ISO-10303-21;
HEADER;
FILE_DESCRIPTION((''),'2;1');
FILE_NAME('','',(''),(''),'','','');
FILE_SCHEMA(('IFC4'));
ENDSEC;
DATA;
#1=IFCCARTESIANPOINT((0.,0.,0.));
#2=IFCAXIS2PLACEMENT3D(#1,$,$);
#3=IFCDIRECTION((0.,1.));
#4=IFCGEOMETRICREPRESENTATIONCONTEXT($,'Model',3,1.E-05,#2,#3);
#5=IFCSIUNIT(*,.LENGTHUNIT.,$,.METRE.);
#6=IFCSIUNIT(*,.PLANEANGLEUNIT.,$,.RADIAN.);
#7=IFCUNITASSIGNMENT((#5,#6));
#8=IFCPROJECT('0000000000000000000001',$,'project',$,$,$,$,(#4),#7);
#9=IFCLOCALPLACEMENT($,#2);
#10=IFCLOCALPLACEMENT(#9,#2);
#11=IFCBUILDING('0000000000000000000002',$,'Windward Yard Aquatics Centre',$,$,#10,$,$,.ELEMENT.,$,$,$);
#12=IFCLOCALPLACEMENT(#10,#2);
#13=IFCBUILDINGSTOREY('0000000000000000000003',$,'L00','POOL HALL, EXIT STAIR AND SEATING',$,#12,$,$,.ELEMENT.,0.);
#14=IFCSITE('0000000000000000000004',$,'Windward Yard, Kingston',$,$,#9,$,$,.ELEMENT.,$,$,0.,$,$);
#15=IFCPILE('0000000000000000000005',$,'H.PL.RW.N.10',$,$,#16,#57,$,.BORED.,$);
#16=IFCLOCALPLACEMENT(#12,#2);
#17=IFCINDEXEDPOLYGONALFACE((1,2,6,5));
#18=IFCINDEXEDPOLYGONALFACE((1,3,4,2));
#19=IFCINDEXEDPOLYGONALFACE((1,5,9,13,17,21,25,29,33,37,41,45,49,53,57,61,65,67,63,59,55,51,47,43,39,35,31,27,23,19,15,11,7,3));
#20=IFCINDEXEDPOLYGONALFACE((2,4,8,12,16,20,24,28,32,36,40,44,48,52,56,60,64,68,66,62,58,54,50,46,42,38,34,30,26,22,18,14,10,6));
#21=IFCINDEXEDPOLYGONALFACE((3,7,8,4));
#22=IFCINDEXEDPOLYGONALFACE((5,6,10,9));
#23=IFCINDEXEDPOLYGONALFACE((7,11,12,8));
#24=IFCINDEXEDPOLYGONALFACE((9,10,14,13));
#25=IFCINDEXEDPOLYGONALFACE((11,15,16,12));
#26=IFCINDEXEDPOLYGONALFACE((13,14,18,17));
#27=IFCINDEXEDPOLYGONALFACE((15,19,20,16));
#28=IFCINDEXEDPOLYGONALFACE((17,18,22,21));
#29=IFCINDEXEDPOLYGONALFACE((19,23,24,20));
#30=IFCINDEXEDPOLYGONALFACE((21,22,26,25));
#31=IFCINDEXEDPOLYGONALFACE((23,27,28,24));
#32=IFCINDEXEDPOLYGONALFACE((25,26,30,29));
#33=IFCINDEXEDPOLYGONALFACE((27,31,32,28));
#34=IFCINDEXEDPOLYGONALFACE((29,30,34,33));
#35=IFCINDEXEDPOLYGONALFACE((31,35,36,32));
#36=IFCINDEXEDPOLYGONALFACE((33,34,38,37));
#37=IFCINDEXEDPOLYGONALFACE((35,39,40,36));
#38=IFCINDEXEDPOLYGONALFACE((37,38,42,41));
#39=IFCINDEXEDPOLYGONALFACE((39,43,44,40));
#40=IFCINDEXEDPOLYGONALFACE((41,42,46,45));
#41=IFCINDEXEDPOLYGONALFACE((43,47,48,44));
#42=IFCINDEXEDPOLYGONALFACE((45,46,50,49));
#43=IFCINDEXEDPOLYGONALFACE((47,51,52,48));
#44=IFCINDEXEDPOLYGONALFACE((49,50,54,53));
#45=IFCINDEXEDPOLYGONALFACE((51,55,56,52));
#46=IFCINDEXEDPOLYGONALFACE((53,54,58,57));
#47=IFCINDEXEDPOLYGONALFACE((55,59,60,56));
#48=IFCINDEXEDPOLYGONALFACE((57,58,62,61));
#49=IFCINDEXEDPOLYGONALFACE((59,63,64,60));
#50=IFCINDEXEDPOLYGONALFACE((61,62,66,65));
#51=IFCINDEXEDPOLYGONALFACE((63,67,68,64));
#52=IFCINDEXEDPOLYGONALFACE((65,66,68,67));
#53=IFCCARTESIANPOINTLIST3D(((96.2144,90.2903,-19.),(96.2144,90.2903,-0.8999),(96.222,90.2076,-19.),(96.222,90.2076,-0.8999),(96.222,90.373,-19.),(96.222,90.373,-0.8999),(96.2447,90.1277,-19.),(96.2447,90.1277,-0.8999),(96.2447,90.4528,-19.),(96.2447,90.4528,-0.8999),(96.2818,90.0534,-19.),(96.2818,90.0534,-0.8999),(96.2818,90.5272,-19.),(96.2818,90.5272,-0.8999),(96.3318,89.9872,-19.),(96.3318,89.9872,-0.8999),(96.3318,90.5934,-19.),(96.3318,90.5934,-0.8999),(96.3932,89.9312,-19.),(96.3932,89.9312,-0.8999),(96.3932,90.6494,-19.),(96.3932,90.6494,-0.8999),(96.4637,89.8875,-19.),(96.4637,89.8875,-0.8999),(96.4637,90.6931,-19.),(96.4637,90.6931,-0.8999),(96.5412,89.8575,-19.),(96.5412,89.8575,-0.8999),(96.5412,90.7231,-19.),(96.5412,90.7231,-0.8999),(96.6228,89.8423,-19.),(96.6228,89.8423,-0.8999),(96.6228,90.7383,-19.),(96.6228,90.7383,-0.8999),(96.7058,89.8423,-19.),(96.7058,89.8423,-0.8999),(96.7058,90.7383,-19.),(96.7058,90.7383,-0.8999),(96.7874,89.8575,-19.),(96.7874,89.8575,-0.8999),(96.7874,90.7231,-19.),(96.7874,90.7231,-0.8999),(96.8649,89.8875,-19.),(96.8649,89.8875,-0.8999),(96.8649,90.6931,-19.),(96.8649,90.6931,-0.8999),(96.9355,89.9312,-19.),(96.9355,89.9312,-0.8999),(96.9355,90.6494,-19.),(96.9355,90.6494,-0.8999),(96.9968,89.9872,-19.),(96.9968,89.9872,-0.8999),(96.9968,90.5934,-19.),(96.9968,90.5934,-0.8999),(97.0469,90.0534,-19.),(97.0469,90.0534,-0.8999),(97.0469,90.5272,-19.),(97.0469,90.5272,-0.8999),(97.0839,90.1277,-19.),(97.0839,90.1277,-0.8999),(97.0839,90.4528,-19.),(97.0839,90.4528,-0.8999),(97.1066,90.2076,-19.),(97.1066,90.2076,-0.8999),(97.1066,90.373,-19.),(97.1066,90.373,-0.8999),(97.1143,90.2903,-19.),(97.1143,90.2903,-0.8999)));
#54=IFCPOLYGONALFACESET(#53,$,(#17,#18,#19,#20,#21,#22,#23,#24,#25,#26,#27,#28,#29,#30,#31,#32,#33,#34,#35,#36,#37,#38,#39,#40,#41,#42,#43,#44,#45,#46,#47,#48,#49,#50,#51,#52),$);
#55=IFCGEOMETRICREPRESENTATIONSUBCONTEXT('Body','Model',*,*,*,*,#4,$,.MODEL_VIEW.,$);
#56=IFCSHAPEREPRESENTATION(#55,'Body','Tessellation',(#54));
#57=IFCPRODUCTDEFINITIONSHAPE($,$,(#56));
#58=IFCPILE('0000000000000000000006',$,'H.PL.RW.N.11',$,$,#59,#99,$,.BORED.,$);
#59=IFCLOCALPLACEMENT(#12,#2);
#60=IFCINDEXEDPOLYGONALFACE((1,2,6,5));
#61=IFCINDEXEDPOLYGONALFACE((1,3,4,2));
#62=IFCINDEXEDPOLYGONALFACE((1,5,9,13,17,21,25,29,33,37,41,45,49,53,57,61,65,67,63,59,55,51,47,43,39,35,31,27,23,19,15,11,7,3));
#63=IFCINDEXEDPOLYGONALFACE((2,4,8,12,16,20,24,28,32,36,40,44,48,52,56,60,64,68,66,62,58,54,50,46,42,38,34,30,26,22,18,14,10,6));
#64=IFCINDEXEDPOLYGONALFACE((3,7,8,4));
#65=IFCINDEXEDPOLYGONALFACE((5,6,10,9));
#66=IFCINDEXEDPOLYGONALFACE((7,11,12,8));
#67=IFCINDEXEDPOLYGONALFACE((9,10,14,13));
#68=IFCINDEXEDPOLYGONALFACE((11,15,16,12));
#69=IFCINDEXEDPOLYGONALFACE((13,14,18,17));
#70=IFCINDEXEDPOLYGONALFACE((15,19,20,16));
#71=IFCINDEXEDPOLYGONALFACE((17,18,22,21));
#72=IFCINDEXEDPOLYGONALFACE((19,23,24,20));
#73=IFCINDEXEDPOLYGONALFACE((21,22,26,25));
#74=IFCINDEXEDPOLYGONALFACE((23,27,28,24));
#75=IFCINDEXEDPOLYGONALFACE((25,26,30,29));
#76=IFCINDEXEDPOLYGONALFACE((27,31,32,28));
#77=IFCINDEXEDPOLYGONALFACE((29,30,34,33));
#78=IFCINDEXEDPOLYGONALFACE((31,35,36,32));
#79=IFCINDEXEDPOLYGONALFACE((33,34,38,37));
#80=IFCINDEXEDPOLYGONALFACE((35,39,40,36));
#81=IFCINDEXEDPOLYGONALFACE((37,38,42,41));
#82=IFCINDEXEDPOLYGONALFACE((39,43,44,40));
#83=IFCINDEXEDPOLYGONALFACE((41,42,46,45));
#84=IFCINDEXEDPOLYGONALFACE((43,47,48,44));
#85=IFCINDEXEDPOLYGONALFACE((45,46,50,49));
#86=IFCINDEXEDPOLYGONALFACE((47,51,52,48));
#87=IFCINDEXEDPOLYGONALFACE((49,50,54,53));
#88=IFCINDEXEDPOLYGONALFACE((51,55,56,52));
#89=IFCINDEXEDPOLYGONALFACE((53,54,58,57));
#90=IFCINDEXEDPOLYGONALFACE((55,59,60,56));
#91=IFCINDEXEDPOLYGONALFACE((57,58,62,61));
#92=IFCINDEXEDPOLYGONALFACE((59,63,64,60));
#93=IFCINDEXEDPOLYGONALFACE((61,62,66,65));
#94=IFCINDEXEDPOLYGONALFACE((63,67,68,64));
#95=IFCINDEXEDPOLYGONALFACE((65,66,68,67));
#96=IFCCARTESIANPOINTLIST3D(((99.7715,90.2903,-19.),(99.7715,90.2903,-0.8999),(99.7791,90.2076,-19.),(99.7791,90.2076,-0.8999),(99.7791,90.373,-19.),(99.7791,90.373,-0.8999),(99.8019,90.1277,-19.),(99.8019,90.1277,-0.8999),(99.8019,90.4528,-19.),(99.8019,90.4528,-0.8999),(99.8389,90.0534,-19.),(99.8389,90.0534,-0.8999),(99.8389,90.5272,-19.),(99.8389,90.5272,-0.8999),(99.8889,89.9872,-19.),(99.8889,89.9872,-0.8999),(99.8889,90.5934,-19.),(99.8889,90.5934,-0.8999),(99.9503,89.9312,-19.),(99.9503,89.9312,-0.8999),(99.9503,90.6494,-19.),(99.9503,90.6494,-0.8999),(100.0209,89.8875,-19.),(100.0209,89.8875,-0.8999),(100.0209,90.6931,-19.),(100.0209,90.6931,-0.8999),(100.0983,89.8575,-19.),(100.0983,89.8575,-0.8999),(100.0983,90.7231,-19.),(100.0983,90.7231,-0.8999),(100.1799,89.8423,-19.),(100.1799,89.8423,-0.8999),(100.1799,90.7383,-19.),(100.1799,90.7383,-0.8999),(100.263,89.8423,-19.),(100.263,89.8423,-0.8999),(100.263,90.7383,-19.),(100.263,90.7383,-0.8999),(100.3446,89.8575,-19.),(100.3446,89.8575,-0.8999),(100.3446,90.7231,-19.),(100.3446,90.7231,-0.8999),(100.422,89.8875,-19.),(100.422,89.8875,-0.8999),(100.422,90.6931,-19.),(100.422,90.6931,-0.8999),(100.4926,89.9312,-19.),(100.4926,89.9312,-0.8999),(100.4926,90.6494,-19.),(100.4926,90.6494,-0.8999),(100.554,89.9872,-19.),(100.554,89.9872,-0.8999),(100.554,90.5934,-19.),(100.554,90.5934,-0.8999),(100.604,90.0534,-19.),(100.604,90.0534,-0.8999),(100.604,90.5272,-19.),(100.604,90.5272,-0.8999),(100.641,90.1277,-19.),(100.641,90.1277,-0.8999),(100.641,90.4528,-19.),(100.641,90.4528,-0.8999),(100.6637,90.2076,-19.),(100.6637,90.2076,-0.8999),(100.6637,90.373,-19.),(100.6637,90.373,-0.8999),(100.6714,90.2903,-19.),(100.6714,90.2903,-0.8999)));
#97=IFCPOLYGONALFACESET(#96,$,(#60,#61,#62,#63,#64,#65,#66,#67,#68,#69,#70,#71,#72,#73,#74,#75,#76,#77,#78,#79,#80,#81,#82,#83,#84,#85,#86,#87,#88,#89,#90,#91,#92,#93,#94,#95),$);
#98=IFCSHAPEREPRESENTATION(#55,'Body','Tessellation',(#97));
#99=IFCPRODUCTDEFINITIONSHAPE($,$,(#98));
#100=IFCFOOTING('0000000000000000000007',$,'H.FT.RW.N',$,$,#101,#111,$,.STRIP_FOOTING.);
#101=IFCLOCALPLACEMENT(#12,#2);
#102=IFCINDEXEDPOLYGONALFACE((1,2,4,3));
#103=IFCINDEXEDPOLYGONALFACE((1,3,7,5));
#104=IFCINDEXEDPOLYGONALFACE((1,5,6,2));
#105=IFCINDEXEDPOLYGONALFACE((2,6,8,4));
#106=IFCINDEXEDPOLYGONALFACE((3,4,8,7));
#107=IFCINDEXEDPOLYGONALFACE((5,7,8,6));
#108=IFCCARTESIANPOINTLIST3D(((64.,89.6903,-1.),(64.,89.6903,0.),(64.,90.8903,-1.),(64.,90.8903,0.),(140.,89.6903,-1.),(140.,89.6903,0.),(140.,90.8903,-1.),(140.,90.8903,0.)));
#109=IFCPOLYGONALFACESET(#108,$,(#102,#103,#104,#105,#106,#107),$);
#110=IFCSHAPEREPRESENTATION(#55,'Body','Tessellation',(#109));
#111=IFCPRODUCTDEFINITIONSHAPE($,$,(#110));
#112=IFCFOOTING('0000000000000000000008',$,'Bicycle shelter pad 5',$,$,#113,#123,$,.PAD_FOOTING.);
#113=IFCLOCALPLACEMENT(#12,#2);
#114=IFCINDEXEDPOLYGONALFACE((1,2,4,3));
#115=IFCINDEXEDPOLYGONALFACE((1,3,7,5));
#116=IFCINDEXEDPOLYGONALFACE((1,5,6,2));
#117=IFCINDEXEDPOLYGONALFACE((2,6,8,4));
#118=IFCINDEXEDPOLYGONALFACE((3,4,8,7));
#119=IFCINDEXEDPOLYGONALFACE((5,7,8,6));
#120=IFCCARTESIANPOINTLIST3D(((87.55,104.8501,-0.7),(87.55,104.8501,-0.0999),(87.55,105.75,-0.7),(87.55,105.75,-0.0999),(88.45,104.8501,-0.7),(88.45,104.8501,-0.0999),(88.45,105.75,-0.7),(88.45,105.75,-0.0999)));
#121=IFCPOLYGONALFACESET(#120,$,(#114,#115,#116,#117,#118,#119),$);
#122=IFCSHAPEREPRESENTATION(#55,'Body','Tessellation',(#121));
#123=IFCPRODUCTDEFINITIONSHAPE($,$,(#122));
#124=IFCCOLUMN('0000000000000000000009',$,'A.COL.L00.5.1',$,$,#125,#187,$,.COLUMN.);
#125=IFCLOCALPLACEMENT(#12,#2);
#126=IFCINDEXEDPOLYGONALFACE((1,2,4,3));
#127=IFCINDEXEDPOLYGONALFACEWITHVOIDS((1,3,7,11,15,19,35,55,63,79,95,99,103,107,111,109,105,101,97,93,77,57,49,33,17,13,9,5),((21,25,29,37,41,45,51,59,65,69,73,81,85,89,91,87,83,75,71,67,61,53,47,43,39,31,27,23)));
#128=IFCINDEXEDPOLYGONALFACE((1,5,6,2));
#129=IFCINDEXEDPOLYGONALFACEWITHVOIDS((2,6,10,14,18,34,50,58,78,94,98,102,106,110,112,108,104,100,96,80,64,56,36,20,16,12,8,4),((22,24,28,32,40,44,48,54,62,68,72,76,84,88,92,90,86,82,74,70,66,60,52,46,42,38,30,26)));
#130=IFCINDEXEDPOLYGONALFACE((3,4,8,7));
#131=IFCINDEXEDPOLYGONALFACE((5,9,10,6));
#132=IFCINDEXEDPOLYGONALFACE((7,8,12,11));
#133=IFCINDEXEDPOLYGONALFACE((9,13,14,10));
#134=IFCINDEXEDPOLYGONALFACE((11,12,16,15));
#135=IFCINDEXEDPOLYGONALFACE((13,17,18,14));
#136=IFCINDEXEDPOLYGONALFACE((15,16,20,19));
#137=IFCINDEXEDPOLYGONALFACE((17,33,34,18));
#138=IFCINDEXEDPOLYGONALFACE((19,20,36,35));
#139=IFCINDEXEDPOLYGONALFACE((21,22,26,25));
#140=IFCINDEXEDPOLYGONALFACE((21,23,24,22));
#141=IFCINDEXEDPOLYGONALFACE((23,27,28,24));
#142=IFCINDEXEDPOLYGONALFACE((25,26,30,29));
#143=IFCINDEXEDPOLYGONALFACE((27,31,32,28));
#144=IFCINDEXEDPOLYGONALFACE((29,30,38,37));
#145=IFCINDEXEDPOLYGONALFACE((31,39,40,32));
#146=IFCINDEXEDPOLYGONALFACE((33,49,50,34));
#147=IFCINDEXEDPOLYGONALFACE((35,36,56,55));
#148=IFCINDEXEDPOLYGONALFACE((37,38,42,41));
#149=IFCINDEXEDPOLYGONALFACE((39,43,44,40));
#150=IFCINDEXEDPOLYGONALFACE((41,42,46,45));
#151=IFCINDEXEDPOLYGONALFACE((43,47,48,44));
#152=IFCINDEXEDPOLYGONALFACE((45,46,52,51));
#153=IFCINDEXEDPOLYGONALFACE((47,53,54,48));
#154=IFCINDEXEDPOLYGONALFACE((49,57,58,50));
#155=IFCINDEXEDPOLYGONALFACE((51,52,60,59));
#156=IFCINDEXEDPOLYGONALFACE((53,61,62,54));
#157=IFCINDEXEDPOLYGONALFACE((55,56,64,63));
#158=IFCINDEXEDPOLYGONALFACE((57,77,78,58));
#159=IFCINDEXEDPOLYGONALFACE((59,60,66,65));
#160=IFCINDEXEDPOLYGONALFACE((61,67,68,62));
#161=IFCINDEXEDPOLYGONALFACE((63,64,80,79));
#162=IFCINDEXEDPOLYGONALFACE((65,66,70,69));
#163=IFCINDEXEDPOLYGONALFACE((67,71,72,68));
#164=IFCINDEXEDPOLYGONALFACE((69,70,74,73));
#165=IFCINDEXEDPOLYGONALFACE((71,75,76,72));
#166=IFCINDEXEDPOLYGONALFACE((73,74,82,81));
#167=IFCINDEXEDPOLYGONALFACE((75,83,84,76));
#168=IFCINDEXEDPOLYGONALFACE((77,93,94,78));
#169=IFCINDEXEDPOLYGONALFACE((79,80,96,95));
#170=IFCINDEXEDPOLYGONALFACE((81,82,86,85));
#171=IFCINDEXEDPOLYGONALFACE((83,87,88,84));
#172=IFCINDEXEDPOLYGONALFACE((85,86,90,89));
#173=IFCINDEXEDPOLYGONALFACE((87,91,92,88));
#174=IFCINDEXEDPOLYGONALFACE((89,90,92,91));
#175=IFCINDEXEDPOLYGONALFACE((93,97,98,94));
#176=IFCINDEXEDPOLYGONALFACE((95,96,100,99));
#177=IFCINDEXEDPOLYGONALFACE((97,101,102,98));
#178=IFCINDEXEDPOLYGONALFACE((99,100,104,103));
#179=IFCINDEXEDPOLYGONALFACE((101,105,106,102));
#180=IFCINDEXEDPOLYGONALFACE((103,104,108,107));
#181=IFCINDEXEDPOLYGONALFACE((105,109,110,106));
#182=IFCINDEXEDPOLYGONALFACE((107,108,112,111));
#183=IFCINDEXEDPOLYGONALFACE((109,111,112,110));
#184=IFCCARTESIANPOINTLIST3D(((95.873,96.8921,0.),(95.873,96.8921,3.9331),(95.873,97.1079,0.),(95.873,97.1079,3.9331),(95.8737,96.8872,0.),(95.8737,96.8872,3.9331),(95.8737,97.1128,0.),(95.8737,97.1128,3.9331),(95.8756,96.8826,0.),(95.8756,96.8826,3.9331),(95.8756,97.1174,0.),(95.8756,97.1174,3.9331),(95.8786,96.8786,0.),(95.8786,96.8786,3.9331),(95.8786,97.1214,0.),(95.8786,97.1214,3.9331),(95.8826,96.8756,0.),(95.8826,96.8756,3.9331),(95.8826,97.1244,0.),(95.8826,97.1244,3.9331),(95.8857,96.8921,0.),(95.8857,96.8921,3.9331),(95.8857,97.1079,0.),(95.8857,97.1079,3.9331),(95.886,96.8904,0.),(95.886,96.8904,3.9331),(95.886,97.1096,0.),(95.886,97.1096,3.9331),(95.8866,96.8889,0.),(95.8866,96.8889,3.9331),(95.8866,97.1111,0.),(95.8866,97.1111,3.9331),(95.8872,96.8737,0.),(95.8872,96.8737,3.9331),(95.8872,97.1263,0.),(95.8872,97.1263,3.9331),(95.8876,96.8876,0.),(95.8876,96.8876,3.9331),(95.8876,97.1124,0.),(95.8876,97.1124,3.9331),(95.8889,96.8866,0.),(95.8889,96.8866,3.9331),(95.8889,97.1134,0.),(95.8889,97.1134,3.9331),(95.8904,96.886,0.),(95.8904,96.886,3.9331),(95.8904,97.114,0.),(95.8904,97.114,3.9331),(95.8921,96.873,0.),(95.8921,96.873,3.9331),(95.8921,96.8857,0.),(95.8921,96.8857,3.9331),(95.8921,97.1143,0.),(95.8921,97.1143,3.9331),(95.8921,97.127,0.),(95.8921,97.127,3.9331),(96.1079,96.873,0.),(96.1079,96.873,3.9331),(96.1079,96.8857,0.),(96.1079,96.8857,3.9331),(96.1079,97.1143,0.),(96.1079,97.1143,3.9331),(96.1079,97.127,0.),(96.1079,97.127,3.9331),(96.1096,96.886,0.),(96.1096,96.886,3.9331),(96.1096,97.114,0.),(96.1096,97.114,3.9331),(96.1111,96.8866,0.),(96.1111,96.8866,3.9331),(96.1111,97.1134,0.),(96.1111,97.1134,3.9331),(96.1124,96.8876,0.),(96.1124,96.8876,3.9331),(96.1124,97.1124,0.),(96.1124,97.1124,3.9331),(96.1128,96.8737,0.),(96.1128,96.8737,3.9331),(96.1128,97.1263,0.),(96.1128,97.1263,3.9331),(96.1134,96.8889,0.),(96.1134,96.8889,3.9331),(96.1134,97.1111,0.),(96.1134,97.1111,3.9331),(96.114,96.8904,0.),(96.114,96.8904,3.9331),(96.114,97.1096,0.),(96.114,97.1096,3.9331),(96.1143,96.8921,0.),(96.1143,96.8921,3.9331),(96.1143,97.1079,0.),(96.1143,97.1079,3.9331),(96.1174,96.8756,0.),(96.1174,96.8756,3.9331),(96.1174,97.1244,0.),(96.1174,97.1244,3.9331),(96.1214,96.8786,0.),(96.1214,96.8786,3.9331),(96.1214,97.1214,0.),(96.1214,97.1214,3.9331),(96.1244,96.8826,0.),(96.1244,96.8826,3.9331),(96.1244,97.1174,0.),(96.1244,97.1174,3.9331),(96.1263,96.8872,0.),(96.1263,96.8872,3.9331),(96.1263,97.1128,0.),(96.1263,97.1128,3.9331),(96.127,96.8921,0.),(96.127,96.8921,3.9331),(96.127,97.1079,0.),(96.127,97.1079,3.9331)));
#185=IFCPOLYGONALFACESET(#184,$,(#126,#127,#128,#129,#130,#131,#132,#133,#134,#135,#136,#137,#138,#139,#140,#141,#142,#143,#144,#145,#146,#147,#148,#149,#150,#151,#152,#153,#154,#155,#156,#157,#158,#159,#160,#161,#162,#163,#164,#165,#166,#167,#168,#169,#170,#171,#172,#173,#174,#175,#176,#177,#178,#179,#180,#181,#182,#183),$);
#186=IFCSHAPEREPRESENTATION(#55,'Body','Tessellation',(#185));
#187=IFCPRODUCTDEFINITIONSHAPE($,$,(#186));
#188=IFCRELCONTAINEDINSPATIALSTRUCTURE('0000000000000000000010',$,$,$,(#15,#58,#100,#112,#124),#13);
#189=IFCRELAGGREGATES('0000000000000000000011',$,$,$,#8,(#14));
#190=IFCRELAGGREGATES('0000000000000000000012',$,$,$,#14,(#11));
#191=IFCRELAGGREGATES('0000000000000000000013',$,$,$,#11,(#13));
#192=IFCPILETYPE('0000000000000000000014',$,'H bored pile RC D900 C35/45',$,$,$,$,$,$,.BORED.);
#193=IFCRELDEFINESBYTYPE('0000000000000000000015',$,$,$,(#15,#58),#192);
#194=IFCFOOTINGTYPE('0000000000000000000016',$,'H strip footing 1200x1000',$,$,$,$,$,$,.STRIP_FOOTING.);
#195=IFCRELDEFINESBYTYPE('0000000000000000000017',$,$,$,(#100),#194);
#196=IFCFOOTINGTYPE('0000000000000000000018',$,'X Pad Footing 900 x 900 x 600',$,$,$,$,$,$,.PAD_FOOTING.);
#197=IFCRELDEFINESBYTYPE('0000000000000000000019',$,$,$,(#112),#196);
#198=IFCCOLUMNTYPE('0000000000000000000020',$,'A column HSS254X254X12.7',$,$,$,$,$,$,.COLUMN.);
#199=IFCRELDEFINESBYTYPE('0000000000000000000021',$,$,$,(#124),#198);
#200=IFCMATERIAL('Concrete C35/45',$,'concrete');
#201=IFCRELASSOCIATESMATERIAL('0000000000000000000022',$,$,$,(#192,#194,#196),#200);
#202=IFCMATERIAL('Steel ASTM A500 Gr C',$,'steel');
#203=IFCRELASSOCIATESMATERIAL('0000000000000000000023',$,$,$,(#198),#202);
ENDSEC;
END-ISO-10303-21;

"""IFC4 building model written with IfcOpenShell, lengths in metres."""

from ifc_helpers import new_model, si_unit, direction, frame, origin, origin_2d, place, context, subcontext, project, spatial, rectangle, hollow_rectangle, circle, extrude, material, material_profile, profile_set, type_object, element, save


model = new_model("IFC4")

# Units and contexts
model_context = context("Model", 3, precision=1e-05, world=origin(), true_north=direction((0.0, 1.0)))
body_context = subcontext(model_context, "Body", "Model", "MODEL_VIEW")
ifc_project = project(units=[si_unit("LENGTHUNIT", "METRE"), si_unit("PLANEANGLEUNIT", "RADIAN")], contexts=[model_context])

# Site, building, storey
site_placement = place(None, origin())
site = spatial("IfcSite", under=ifc_project, at=site_placement, Name="Windward Yard, Kingston", CompositionType="ELEMENT", RefElevation=0.0)
building_placement = place(site_placement, origin())
building = spatial("IfcBuilding", under=site, at=building_placement, Name="Windward Yard Aquatics Centre", CompositionType="ELEMENT")
storey_placement = place(building_placement, origin())
storey = spatial("IfcBuildingStorey", under=building, at=storey_placement, Name="L00", Description="POOL HALL, EXIT STAIR AND SEATING", CompositionType="ELEMENT", Elevation=0.0)

# Shared definitions
ifc_material_1 = material(Name="Concrete C35/45", Category="concrete")

# Piles
ifc_material_profile_1 = material_profile(ifc_material_1, circle(Radius=0.45, at=origin_2d()), Name="RC D900")
ifc_profile_set_1 = profile_set([ifc_material_profile_1], Name="Concrete C35/45")
pile_type = type_object("IfcPileType", Name="H bored pile RC D900 C35/45", PredefinedType="BORED", material=ifc_profile_set_1)
for number, where, z_axis, x_axis, name in (
    (1, (96.6643, 90.2903, -0.8999), (0.0, 0.0, -1.0), (1.0, 0.0, 0.0), "H.PL.RW.N.10"),
    (2, (100.2214, 90.2903, -0.8999), (0.0, 0.0, -1.0), (1.0, 0.0, 0.0), "H.PL.RW.N.11"),
):
    element("IfcPile", number, at=place(storey_placement, frame(where, z_axis=z_axis, x_axis=x_axis)), inside=storey, type_object=pile_type, Name=name, PredefinedType="BORED", context=body_context, shape_type="SweptSolid", body=[
        extrude(circle(Radius=0.45, at=origin_2d()), origin(), (0.0, 0.0, 1.0), 18.1001),
    ])

# Footings
footing_type_1 = type_object("IfcFootingType", Name="H strip footing 1200x1000", PredefinedType="STRIP_FOOTING", material=ifc_material_1)
footing_1_placement = place(storey_placement, frame((102.0, 90.2903, -1.0), z_axis=(0.0, 0.0, 1.0), x_axis=(1.0, 0.0, 0.0)))
element("IfcFooting", 3, at=footing_1_placement, inside=storey, type_object=footing_type_1, Name="H.FT.RW.N", PredefinedType="STRIP_FOOTING", context=body_context, shape_type="SweptSolid", body=[
    extrude(rectangle(XDim=76.0, YDim=1.2, at=origin_2d()), origin(), (0.0, 0.0, 1.0), 1.0),
])
footing_type_2 = type_object("IfcFootingType", Name="X Pad Footing 900 x 900 x 600", PredefinedType="PAD_FOOTING", material=ifc_material_1)
footing_2_placement = place(storey_placement, frame((88.0, 105.3, -0.7), z_axis=(0.0, 0.0, 1.0), x_axis=(1.0, 0.0, 0.0)))
element("IfcFooting", 4, at=footing_2_placement, inside=storey, type_object=footing_type_2, Name="Bicycle shelter pad 5", PredefinedType="PAD_FOOTING", context=body_context, shape_type="SweptSolid", body=[
    extrude(rectangle(XDim=0.8999, YDim=0.8999, at=origin_2d()), origin(), (0.0, 0.0, 1.0), 0.6001),
])

# Column
ifc_material_2 = material(Name="Steel ASTM A500 Gr C", Category="steel")
ifc_material_profile_2 = material_profile(ifc_material_2, hollow_rectangle(XDim=0.2539, YDim=0.2539, WallThickness=0.0127, InnerFilletRadius=0.0063, OuterFilletRadius=0.019, at=origin_2d()), Name="HSS254X254X12.7")
ifc_profile_set_2 = profile_set([ifc_material_profile_2], Name="Steel ASTM A500 Gr C")
column_type = type_object("IfcColumnType", Name="A column HSS254X254X12.7", PredefinedType="COLUMN", material=ifc_profile_set_2)
for number, where, z_axis, x_axis, name in (
    (5, (96.0, 97.0, 0.0), (0.0, 0.0, 1.0), (1.0, 0.0, 0.0), "A.COL.L00.5.1"),
):
    element("IfcColumn", number, at=place(storey_placement, frame(where, z_axis=z_axis, x_axis=x_axis)), inside=storey, type_object=column_type, Name=name, PredefinedType="COLUMN", context=body_context, shape_type="SweptSolid", body=[
        extrude(hollow_rectangle(XDim=0.2539, YDim=0.2539, WallThickness=0.0127, InnerFilletRadius=0.0063, OuterFilletRadius=0.019, at=origin_2d()), origin(), (0.0, 0.0, 1.0), 3.9331),
    ])

save(model, "model.ifc")
